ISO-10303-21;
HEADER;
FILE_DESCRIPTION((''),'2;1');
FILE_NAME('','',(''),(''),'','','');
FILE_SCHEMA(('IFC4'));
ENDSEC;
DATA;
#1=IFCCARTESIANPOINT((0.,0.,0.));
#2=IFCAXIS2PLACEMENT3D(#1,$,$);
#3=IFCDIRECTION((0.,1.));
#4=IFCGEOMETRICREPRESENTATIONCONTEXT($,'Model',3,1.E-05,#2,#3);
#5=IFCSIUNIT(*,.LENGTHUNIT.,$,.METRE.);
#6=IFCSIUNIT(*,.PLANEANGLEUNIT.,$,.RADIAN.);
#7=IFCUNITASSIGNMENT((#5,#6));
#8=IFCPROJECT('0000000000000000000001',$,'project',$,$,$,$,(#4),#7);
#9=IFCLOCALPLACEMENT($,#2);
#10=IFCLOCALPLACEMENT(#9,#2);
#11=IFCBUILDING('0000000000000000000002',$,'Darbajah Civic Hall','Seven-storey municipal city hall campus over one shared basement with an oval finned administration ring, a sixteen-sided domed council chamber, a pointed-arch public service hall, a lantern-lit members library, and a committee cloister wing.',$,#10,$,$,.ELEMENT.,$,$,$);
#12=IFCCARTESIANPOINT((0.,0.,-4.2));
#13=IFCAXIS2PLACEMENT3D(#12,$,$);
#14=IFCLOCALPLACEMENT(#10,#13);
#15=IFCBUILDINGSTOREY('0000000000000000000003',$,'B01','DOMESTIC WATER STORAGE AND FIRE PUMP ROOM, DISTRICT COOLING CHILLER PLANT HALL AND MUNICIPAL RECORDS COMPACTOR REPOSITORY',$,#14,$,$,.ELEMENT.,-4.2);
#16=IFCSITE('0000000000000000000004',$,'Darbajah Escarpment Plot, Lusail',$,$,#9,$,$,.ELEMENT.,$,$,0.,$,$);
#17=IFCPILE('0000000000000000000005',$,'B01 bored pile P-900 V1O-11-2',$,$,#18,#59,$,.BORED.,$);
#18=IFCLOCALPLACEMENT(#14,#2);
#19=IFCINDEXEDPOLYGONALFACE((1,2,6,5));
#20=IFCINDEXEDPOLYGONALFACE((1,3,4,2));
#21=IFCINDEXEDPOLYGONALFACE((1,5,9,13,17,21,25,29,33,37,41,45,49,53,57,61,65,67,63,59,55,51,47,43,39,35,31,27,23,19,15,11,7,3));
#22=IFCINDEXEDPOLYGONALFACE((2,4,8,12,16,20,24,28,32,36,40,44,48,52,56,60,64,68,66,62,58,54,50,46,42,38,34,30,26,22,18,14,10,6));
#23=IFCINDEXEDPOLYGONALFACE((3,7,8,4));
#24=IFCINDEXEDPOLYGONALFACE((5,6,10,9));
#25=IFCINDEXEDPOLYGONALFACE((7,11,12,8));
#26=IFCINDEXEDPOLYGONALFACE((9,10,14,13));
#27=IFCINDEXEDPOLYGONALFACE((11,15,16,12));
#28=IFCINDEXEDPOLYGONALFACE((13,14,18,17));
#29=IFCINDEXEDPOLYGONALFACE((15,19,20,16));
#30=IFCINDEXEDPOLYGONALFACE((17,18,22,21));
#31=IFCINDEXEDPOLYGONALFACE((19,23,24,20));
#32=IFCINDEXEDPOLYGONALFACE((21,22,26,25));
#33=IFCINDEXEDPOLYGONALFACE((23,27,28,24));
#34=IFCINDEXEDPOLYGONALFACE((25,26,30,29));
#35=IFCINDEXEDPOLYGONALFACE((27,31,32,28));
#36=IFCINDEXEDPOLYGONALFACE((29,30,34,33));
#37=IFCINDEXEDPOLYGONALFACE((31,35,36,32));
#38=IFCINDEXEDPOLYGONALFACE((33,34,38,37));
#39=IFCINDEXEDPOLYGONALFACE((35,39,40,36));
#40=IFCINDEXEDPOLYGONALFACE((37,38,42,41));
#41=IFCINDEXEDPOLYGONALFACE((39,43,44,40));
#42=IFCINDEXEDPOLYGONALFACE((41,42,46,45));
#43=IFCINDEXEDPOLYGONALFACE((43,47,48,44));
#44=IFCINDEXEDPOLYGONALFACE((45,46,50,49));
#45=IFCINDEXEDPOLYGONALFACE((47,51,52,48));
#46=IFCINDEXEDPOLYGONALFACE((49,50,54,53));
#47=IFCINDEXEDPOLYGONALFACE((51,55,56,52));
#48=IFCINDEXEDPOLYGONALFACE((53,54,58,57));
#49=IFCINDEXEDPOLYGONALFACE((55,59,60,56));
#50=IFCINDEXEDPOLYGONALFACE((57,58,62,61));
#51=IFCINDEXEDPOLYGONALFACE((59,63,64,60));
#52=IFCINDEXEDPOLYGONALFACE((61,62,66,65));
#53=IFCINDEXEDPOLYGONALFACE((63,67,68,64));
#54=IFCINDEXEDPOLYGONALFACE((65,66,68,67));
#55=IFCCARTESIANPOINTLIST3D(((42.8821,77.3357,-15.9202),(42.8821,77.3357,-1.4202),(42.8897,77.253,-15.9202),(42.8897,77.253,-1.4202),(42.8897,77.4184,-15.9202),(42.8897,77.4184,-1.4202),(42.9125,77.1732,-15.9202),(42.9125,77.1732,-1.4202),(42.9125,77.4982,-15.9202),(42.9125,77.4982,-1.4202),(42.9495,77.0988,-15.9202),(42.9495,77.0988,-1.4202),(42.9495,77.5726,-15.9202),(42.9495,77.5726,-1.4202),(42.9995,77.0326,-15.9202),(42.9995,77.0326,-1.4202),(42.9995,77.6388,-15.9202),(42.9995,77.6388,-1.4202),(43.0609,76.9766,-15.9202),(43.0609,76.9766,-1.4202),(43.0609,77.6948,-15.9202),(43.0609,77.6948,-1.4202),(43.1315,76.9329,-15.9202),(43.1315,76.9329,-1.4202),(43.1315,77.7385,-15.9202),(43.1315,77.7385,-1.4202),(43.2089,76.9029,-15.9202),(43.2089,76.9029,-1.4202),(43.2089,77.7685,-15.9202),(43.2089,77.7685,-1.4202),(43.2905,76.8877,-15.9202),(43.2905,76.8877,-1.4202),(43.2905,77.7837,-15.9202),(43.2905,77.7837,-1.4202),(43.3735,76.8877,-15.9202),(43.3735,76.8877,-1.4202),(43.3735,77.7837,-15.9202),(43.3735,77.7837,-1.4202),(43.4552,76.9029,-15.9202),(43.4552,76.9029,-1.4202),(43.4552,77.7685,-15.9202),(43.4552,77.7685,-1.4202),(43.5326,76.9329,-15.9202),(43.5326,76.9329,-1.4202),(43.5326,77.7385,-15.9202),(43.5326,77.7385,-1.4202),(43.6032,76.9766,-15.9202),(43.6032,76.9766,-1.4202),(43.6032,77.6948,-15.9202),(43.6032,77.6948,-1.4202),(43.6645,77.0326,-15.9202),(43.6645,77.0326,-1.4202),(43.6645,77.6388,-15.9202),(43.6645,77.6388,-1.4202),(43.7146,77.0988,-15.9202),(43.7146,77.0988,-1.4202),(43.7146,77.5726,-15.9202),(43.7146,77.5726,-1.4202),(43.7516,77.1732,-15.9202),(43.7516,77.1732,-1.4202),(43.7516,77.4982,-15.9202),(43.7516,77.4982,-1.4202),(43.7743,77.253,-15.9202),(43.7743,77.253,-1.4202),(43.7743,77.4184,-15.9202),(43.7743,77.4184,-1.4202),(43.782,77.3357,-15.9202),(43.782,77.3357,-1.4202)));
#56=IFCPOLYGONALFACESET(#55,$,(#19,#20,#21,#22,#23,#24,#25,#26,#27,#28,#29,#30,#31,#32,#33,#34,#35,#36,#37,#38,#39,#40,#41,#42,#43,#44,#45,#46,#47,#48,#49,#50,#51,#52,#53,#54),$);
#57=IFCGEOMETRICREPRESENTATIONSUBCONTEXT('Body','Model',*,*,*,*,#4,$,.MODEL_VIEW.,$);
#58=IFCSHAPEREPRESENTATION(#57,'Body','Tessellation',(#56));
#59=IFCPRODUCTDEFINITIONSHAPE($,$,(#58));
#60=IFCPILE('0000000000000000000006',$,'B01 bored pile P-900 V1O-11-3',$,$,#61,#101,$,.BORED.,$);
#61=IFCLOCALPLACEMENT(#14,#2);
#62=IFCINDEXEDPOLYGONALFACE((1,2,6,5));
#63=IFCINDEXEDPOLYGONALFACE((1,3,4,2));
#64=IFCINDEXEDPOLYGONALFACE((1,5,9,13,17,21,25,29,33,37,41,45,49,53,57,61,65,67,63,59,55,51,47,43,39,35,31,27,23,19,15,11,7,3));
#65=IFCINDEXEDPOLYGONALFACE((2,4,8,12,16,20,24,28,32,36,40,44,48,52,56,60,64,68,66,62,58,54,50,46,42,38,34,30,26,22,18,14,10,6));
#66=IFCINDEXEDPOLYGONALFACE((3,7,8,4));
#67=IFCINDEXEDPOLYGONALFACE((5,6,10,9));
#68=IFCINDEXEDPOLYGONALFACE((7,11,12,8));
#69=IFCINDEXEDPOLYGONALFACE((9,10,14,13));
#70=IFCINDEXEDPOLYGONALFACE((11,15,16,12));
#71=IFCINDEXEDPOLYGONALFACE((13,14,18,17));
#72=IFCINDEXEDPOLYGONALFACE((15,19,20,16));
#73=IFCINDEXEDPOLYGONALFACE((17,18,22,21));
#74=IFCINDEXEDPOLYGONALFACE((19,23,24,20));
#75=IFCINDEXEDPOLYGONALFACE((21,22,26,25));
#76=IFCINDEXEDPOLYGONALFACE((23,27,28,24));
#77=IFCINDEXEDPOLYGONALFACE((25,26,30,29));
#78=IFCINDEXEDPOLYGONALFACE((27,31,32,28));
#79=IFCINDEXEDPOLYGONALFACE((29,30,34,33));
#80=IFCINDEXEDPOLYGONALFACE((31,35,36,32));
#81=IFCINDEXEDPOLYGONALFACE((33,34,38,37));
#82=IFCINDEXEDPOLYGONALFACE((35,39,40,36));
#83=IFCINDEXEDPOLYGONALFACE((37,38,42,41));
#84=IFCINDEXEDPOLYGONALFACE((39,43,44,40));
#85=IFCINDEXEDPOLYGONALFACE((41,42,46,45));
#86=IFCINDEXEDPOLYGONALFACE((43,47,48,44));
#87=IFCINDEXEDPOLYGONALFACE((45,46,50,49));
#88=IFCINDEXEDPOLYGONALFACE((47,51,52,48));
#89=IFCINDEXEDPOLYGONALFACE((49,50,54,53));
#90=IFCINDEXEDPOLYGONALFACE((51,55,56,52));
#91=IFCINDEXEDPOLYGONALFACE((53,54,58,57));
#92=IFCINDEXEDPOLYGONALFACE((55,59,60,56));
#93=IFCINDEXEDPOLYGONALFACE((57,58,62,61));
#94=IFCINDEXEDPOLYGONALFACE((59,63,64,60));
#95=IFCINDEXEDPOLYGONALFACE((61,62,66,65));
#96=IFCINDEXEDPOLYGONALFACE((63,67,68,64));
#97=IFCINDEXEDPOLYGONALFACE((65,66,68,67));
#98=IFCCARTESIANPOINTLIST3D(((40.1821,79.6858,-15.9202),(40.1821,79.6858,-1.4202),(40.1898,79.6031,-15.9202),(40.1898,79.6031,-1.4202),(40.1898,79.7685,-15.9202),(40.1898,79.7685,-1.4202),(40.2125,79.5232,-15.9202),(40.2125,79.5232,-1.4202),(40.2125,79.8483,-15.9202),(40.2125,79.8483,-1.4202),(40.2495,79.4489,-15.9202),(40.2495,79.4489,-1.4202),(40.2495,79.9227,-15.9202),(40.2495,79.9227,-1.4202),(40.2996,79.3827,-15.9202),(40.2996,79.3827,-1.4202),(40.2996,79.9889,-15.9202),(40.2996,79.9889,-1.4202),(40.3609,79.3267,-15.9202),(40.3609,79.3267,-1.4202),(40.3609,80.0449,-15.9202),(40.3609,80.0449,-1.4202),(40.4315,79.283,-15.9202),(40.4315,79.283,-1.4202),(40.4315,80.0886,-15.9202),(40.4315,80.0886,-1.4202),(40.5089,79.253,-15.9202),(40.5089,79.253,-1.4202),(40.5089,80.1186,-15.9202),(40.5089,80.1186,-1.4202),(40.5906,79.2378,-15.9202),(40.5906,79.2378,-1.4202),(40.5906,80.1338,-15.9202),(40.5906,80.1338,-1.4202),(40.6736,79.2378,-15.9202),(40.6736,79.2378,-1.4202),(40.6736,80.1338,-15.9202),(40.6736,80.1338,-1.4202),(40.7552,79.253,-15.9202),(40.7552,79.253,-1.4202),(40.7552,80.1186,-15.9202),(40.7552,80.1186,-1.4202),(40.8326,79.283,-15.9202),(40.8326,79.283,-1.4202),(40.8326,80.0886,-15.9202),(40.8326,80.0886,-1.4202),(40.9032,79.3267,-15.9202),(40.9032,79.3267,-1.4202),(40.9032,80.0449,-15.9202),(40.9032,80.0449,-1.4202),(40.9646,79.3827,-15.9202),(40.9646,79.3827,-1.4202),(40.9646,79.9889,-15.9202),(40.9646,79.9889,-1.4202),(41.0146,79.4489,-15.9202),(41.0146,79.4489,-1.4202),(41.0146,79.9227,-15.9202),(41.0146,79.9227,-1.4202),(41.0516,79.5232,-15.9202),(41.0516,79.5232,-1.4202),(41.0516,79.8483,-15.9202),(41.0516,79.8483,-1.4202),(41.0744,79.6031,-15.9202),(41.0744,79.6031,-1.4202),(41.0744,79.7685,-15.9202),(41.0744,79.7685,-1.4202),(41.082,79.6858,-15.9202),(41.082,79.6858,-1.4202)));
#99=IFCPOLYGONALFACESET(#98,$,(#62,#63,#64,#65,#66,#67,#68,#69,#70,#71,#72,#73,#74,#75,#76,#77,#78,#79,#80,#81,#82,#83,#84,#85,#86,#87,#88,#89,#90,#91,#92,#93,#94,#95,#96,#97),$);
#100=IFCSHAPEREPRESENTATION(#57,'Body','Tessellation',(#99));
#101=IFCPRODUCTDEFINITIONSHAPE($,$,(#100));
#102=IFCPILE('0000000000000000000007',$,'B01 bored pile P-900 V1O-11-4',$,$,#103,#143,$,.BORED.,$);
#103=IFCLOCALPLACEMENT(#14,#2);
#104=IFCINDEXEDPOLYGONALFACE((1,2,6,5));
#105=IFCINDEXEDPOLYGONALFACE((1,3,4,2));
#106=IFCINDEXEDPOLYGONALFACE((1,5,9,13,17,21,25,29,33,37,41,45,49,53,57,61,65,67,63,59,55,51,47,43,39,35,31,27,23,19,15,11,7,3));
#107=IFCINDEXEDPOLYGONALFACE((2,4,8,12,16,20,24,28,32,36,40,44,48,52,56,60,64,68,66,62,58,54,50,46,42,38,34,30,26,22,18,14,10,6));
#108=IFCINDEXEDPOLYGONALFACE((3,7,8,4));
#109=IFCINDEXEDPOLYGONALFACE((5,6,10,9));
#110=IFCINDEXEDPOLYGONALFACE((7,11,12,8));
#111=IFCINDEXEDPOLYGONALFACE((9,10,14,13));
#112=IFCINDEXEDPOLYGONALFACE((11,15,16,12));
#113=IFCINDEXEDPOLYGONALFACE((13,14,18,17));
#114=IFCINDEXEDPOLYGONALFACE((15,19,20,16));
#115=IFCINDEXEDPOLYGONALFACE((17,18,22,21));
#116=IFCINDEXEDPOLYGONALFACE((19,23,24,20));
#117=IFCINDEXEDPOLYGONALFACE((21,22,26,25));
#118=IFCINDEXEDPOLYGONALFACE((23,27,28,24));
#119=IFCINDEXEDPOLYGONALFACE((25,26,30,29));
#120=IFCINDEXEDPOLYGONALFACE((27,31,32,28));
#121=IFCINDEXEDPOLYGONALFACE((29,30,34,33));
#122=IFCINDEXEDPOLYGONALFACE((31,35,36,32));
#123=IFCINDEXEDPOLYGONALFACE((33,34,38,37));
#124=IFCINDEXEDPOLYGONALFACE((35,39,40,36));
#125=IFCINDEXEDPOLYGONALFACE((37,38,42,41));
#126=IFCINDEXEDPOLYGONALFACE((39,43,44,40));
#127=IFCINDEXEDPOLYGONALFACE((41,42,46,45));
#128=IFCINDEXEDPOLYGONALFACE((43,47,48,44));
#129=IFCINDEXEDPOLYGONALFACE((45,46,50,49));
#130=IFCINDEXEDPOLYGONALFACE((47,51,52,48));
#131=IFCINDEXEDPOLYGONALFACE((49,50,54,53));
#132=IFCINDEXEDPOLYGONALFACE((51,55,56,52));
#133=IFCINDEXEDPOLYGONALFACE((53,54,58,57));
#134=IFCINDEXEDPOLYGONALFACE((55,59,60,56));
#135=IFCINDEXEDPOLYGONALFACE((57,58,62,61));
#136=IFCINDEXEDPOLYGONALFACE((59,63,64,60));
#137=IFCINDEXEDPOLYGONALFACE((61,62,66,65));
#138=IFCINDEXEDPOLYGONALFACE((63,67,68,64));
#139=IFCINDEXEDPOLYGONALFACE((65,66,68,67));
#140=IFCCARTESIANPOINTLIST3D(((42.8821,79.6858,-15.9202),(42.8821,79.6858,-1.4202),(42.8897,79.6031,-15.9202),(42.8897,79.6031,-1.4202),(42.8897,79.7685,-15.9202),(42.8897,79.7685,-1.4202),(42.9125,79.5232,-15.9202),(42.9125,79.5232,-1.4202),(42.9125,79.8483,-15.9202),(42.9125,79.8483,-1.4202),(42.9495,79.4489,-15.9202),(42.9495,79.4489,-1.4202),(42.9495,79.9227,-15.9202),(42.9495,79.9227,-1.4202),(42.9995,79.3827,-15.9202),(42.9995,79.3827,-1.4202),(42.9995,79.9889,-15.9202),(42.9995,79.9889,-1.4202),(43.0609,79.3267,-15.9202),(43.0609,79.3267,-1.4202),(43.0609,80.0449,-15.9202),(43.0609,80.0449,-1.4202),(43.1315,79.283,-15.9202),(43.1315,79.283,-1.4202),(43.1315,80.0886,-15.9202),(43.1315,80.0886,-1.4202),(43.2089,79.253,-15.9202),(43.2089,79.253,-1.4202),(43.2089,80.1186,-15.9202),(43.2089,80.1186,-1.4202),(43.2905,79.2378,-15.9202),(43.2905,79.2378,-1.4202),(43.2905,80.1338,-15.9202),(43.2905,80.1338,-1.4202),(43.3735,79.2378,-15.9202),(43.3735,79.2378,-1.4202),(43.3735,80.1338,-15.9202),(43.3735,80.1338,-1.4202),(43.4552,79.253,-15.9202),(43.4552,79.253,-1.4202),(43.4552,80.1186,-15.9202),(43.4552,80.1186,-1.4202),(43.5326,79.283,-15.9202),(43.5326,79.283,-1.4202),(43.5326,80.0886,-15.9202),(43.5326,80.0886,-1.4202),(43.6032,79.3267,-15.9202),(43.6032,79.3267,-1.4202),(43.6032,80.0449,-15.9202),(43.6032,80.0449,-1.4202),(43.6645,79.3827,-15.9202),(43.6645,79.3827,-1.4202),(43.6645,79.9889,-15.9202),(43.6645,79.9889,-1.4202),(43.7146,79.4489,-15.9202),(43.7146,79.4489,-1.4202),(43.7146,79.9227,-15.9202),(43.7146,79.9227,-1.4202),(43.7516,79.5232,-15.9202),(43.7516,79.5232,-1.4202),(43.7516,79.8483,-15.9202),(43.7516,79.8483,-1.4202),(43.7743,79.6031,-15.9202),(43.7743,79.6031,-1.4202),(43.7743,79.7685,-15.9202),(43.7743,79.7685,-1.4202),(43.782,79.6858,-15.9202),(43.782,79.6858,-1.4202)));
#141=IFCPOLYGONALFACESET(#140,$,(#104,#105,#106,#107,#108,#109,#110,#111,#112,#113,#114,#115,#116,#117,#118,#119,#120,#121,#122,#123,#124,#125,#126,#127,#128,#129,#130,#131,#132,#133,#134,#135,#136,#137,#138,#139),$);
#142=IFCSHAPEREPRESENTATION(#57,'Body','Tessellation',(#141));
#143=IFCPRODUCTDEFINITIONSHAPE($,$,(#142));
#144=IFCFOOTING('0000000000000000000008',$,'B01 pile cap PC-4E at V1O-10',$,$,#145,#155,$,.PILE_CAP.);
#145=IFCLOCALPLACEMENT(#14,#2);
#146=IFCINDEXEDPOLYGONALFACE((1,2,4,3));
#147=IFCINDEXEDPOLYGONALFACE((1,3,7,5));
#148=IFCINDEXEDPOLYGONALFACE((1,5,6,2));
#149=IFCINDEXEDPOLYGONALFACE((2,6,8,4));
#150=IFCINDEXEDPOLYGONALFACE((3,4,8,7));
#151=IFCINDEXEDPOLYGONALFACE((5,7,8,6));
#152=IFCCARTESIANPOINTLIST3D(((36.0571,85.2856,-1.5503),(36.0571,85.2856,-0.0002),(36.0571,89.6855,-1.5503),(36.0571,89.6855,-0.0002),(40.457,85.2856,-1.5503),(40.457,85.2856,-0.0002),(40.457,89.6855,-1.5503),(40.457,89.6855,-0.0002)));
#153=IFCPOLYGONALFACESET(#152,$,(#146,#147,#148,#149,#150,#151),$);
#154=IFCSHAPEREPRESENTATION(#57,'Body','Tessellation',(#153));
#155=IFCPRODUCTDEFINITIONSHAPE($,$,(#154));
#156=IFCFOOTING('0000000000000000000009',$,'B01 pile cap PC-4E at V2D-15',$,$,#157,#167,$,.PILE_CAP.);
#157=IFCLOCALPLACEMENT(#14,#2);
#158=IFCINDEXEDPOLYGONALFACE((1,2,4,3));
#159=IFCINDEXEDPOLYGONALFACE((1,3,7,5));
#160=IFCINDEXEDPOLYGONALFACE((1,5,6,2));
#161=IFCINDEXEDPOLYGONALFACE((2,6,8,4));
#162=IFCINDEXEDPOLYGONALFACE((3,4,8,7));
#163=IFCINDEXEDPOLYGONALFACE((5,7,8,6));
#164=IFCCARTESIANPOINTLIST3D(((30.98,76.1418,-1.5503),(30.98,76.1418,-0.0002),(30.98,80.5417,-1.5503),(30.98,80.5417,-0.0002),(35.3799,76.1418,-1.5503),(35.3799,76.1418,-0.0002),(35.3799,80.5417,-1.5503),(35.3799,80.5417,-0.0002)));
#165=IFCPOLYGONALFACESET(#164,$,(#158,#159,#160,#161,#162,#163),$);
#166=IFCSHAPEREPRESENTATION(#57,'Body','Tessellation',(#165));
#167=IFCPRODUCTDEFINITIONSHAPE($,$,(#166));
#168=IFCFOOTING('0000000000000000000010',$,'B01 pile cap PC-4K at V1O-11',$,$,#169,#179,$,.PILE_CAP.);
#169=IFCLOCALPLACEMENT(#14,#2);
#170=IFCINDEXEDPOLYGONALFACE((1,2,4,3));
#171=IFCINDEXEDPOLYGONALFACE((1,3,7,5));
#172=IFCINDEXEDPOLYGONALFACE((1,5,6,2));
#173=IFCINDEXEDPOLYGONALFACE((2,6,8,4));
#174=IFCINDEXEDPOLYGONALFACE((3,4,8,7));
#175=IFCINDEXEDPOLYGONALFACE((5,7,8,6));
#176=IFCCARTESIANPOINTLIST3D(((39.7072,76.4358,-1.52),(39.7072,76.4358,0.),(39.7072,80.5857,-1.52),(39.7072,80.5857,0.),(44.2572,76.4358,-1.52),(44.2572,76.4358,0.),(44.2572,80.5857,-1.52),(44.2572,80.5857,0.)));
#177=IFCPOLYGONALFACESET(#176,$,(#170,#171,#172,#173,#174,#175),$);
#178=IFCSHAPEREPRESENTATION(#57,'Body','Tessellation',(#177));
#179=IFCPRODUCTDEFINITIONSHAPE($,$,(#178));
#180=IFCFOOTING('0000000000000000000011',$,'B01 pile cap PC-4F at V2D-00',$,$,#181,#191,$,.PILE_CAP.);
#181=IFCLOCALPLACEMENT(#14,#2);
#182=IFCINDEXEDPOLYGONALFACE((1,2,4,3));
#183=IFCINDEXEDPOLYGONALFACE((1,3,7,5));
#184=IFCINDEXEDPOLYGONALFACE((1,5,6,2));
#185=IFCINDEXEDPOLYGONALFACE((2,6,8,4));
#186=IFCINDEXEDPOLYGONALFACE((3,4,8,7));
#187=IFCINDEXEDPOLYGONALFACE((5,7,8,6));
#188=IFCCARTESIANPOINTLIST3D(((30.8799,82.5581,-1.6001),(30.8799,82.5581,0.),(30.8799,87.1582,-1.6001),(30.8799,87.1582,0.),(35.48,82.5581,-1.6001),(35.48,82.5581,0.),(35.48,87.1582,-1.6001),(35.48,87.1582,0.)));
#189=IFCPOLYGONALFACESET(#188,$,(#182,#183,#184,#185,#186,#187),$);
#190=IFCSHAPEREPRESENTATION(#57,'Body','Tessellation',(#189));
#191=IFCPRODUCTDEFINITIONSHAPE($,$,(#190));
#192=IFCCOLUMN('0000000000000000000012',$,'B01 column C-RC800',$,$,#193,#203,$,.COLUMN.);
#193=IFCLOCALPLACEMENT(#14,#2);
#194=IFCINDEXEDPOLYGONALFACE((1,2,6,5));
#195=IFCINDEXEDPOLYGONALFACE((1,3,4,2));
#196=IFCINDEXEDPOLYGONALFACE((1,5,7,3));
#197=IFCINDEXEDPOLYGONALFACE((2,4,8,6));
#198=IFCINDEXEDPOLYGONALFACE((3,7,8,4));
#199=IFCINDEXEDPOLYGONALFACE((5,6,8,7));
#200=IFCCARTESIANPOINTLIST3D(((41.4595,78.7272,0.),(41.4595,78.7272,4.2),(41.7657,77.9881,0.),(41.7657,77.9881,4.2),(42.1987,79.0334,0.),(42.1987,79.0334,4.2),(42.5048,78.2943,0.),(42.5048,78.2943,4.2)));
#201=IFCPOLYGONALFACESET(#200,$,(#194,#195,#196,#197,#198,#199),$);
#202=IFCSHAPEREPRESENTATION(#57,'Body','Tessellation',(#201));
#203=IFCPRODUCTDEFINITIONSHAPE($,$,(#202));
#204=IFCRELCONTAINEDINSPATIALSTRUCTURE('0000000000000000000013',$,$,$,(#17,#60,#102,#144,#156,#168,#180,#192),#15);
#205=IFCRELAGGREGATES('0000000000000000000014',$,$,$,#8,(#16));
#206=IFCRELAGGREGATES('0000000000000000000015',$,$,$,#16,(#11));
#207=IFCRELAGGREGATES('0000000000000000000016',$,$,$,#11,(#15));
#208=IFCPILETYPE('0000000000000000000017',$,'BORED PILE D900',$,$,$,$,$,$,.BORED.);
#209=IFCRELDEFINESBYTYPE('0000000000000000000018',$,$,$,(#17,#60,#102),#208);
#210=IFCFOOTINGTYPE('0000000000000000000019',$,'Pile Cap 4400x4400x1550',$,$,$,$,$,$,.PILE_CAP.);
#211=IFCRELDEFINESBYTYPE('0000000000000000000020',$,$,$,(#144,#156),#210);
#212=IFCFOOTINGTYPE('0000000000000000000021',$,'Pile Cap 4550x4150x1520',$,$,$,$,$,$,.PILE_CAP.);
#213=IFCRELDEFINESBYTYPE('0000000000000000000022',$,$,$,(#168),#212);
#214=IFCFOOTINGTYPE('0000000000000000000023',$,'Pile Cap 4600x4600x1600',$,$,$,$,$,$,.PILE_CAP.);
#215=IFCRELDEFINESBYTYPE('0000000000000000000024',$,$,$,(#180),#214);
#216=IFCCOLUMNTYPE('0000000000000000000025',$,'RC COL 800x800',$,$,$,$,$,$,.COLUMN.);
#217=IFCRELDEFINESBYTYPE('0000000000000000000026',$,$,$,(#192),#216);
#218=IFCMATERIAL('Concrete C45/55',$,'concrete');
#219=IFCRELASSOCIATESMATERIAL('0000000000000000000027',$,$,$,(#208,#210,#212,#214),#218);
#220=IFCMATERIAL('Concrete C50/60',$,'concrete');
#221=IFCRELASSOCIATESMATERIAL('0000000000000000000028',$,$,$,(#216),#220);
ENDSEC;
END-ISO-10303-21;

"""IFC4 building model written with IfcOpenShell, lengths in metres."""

from ifc_helpers import new_model, si_unit, direction, frame, origin, origin_2d, place, context, subcontext, project, spatial, rectangle, circle, extrude, material, material_profile, profile_set, type_object, element, save


model = new_model("IFC4")

# Units and contexts
model_context = context("Model", 3, precision=1e-05, world=origin(), true_north=direction((0.0, 1.0)))
body_context = subcontext(model_context, "Body", "Model", "MODEL_VIEW")
ifc_project = project(units=[si_unit("LENGTHUNIT", "METRE"), si_unit("PLANEANGLEUNIT", "RADIAN")], contexts=[model_context])

# Site, building, storey
site_placement = place(None, origin())
site = spatial("IfcSite", under=ifc_project, at=site_placement, Name="Darbajah Escarpment Plot, Lusail", CompositionType="ELEMENT", RefElevation=0.0)
building_placement = place(site_placement, origin())
building = spatial("IfcBuilding", under=site, at=building_placement, Name="Darbajah Civic Hall", Description="Seven-storey municipal city hall campus over one shared basement with an oval finned administration ring, a sixteen-sided domed council chamber, a pointed-arch public service hall, a lantern-lit members library, and a committee cloister wing.", CompositionType="ELEMENT")
storey_placement = place(building_placement, frame((0.0, 0.0, -4.2)))
storey = spatial("IfcBuildingStorey", under=building, at=storey_placement, Name="B01", Description="DOMESTIC WATER STORAGE AND FIRE PUMP ROOM, DISTRICT COOLING CHILLER PLANT HALL AND MUNICIPAL RECORDS COMPACTOR REPOSITORY", CompositionType="ELEMENT", Elevation=-4.2)

# Piles
ifc_material_1 = material(Name="Concrete C45/55", Category="concrete")
ifc_material_profile_1 = material_profile(ifc_material_1, circle(Radius=0.45, at=origin_2d()), Name="BORED PILE D900")
ifc_profile_set_1 = profile_set([ifc_material_profile_1], Name="Concrete C45/55")
pile_type_1 = type_object("IfcPileType", Name="BORED PILE D900", PredefinedType="BORED", material=ifc_profile_set_1)
for number, where, z_axis, x_axis, name in (
    (1, (43.332, 77.3357, -1.4202), (0.0, 0.0, -1.0), (1.0, 0.0, 0.0), "B01 bored pile P-900 V1O-11-2"),
    (2, (40.6321, 79.6858, -1.4202), (0.0, 0.0, -1.0), (1.0, 0.0, 0.0), "B01 bored pile P-900 V1O-11-3"),
    (3, (43.332, 79.6858, -1.4202), (0.0, 0.0, -1.0), (1.0, 0.0, 0.0), "B01 bored pile P-900 V1O-11-4"),
):
    element("IfcPile", number, at=place(storey_placement, frame(where, z_axis=z_axis, x_axis=x_axis)), inside=storey, type_object=pile_type_1, Name=name, PredefinedType="BORED", context=body_context, shape_type="SweptSolid", body=[
        extrude(circle(Radius=0.45, at=origin_2d()), origin(), (0.0, 0.0, 1.0), 14.5),
    ])

# Footings
footing_type_1 = type_object("IfcFootingType", Name="Pile Cap 4400x4400x1550", PredefinedType="PILE_CAP", material=ifc_material_1)
for number, where, z_axis, x_axis, name in (
    (4, (38.2571, 87.4856, -1.5503), (0.0, 0.0, 1.0), (1.0, 0.0, 0.0), "B01 pile cap PC-4E at V1O-10"),
    (5, (33.1799, 78.3418, -1.5503), (0.0, 0.0, 1.0), (1.0, 0.0, 0.0), "B01 pile cap PC-4E at V2D-15"),
):
    element("IfcFooting", number, at=place(storey_placement, frame(where, z_axis=z_axis, x_axis=x_axis)), inside=storey, type_object=footing_type_1, Name=name, PredefinedType="PILE_CAP", context=body_context, shape_type="SweptSolid", body=[
        extrude(rectangle(XDim=4.3999, YDim=4.3999, at=origin_2d()), origin(), (0.0, 0.0, 1.0), 1.55),
    ])
footing_type_2 = type_object("IfcFootingType", Name="Pile Cap 4550x4150x1520", PredefinedType="PILE_CAP", material=ifc_material_1)
footing_1_placement = place(storey_placement, frame((41.9822, 78.5107, -1.52), z_axis=(0.0, 0.0, 1.0), x_axis=(1.0, 0.0, 0.0)))
element("IfcFooting", 6, at=footing_1_placement, inside=storey, type_object=footing_type_2, Name="B01 pile cap PC-4K at V1O-11", PredefinedType="PILE_CAP", context=body_context, shape_type="SweptSolid", body=[
    extrude(rectangle(XDim=4.55, YDim=4.1499, at=origin_2d()), origin(), (0.0, 0.0, 1.0), 1.52),
])
footing_type_3 = type_object("IfcFootingType", Name="Pile Cap 4600x4600x1600", PredefinedType="PILE_CAP", material=ifc_material_1)
footing_2_placement = place(storey_placement, frame((33.1799, 84.8582, -1.6001), z_axis=(0.0, 0.0, 1.0), x_axis=(1.0, 0.0, 0.0)))
element("IfcFooting", 7, at=footing_2_placement, inside=storey, type_object=footing_type_3, Name="B01 pile cap PC-4F at V2D-00", PredefinedType="PILE_CAP", context=body_context, shape_type="SweptSolid", body=[
    extrude(rectangle(XDim=4.6001, YDim=4.6001, at=origin_2d()), origin(), (0.0, 0.0, 1.0), 1.6001),
])

# Column
ifc_material_2 = material(Name="Concrete C50/60", Category="concrete")
ifc_material_profile_2 = material_profile(ifc_material_2, rectangle(XDim=0.8, YDim=0.8, at=origin_2d()), Name="RC COL 800x800")
ifc_profile_set_2 = profile_set([ifc_material_profile_2], Name="Concrete C50/60")
column_type_1 = type_object("IfcColumnType", Name="RC COL 800x800", PredefinedType="COLUMN", material=ifc_profile_set_2)
column_placement = place(storey_placement, frame((41.9822, 78.5107, 0.0), z_axis=(0.0, 0.0, 1.0), x_axis=(-0.92388, -0.382683, 0.0)))
element("IfcColumn", 8, at=column_placement, inside=storey, type_object=column_type_1, Name="B01 column C-RC800", PredefinedType="COLUMN", context=body_context, shape_type="SweptSolid", body=[
    extrude(rectangle(XDim=0.8, YDim=0.8, at=origin_2d()), origin(), (0.0, 0.0, 1.0), 4.2),
])

save(model, "model.ifc")
